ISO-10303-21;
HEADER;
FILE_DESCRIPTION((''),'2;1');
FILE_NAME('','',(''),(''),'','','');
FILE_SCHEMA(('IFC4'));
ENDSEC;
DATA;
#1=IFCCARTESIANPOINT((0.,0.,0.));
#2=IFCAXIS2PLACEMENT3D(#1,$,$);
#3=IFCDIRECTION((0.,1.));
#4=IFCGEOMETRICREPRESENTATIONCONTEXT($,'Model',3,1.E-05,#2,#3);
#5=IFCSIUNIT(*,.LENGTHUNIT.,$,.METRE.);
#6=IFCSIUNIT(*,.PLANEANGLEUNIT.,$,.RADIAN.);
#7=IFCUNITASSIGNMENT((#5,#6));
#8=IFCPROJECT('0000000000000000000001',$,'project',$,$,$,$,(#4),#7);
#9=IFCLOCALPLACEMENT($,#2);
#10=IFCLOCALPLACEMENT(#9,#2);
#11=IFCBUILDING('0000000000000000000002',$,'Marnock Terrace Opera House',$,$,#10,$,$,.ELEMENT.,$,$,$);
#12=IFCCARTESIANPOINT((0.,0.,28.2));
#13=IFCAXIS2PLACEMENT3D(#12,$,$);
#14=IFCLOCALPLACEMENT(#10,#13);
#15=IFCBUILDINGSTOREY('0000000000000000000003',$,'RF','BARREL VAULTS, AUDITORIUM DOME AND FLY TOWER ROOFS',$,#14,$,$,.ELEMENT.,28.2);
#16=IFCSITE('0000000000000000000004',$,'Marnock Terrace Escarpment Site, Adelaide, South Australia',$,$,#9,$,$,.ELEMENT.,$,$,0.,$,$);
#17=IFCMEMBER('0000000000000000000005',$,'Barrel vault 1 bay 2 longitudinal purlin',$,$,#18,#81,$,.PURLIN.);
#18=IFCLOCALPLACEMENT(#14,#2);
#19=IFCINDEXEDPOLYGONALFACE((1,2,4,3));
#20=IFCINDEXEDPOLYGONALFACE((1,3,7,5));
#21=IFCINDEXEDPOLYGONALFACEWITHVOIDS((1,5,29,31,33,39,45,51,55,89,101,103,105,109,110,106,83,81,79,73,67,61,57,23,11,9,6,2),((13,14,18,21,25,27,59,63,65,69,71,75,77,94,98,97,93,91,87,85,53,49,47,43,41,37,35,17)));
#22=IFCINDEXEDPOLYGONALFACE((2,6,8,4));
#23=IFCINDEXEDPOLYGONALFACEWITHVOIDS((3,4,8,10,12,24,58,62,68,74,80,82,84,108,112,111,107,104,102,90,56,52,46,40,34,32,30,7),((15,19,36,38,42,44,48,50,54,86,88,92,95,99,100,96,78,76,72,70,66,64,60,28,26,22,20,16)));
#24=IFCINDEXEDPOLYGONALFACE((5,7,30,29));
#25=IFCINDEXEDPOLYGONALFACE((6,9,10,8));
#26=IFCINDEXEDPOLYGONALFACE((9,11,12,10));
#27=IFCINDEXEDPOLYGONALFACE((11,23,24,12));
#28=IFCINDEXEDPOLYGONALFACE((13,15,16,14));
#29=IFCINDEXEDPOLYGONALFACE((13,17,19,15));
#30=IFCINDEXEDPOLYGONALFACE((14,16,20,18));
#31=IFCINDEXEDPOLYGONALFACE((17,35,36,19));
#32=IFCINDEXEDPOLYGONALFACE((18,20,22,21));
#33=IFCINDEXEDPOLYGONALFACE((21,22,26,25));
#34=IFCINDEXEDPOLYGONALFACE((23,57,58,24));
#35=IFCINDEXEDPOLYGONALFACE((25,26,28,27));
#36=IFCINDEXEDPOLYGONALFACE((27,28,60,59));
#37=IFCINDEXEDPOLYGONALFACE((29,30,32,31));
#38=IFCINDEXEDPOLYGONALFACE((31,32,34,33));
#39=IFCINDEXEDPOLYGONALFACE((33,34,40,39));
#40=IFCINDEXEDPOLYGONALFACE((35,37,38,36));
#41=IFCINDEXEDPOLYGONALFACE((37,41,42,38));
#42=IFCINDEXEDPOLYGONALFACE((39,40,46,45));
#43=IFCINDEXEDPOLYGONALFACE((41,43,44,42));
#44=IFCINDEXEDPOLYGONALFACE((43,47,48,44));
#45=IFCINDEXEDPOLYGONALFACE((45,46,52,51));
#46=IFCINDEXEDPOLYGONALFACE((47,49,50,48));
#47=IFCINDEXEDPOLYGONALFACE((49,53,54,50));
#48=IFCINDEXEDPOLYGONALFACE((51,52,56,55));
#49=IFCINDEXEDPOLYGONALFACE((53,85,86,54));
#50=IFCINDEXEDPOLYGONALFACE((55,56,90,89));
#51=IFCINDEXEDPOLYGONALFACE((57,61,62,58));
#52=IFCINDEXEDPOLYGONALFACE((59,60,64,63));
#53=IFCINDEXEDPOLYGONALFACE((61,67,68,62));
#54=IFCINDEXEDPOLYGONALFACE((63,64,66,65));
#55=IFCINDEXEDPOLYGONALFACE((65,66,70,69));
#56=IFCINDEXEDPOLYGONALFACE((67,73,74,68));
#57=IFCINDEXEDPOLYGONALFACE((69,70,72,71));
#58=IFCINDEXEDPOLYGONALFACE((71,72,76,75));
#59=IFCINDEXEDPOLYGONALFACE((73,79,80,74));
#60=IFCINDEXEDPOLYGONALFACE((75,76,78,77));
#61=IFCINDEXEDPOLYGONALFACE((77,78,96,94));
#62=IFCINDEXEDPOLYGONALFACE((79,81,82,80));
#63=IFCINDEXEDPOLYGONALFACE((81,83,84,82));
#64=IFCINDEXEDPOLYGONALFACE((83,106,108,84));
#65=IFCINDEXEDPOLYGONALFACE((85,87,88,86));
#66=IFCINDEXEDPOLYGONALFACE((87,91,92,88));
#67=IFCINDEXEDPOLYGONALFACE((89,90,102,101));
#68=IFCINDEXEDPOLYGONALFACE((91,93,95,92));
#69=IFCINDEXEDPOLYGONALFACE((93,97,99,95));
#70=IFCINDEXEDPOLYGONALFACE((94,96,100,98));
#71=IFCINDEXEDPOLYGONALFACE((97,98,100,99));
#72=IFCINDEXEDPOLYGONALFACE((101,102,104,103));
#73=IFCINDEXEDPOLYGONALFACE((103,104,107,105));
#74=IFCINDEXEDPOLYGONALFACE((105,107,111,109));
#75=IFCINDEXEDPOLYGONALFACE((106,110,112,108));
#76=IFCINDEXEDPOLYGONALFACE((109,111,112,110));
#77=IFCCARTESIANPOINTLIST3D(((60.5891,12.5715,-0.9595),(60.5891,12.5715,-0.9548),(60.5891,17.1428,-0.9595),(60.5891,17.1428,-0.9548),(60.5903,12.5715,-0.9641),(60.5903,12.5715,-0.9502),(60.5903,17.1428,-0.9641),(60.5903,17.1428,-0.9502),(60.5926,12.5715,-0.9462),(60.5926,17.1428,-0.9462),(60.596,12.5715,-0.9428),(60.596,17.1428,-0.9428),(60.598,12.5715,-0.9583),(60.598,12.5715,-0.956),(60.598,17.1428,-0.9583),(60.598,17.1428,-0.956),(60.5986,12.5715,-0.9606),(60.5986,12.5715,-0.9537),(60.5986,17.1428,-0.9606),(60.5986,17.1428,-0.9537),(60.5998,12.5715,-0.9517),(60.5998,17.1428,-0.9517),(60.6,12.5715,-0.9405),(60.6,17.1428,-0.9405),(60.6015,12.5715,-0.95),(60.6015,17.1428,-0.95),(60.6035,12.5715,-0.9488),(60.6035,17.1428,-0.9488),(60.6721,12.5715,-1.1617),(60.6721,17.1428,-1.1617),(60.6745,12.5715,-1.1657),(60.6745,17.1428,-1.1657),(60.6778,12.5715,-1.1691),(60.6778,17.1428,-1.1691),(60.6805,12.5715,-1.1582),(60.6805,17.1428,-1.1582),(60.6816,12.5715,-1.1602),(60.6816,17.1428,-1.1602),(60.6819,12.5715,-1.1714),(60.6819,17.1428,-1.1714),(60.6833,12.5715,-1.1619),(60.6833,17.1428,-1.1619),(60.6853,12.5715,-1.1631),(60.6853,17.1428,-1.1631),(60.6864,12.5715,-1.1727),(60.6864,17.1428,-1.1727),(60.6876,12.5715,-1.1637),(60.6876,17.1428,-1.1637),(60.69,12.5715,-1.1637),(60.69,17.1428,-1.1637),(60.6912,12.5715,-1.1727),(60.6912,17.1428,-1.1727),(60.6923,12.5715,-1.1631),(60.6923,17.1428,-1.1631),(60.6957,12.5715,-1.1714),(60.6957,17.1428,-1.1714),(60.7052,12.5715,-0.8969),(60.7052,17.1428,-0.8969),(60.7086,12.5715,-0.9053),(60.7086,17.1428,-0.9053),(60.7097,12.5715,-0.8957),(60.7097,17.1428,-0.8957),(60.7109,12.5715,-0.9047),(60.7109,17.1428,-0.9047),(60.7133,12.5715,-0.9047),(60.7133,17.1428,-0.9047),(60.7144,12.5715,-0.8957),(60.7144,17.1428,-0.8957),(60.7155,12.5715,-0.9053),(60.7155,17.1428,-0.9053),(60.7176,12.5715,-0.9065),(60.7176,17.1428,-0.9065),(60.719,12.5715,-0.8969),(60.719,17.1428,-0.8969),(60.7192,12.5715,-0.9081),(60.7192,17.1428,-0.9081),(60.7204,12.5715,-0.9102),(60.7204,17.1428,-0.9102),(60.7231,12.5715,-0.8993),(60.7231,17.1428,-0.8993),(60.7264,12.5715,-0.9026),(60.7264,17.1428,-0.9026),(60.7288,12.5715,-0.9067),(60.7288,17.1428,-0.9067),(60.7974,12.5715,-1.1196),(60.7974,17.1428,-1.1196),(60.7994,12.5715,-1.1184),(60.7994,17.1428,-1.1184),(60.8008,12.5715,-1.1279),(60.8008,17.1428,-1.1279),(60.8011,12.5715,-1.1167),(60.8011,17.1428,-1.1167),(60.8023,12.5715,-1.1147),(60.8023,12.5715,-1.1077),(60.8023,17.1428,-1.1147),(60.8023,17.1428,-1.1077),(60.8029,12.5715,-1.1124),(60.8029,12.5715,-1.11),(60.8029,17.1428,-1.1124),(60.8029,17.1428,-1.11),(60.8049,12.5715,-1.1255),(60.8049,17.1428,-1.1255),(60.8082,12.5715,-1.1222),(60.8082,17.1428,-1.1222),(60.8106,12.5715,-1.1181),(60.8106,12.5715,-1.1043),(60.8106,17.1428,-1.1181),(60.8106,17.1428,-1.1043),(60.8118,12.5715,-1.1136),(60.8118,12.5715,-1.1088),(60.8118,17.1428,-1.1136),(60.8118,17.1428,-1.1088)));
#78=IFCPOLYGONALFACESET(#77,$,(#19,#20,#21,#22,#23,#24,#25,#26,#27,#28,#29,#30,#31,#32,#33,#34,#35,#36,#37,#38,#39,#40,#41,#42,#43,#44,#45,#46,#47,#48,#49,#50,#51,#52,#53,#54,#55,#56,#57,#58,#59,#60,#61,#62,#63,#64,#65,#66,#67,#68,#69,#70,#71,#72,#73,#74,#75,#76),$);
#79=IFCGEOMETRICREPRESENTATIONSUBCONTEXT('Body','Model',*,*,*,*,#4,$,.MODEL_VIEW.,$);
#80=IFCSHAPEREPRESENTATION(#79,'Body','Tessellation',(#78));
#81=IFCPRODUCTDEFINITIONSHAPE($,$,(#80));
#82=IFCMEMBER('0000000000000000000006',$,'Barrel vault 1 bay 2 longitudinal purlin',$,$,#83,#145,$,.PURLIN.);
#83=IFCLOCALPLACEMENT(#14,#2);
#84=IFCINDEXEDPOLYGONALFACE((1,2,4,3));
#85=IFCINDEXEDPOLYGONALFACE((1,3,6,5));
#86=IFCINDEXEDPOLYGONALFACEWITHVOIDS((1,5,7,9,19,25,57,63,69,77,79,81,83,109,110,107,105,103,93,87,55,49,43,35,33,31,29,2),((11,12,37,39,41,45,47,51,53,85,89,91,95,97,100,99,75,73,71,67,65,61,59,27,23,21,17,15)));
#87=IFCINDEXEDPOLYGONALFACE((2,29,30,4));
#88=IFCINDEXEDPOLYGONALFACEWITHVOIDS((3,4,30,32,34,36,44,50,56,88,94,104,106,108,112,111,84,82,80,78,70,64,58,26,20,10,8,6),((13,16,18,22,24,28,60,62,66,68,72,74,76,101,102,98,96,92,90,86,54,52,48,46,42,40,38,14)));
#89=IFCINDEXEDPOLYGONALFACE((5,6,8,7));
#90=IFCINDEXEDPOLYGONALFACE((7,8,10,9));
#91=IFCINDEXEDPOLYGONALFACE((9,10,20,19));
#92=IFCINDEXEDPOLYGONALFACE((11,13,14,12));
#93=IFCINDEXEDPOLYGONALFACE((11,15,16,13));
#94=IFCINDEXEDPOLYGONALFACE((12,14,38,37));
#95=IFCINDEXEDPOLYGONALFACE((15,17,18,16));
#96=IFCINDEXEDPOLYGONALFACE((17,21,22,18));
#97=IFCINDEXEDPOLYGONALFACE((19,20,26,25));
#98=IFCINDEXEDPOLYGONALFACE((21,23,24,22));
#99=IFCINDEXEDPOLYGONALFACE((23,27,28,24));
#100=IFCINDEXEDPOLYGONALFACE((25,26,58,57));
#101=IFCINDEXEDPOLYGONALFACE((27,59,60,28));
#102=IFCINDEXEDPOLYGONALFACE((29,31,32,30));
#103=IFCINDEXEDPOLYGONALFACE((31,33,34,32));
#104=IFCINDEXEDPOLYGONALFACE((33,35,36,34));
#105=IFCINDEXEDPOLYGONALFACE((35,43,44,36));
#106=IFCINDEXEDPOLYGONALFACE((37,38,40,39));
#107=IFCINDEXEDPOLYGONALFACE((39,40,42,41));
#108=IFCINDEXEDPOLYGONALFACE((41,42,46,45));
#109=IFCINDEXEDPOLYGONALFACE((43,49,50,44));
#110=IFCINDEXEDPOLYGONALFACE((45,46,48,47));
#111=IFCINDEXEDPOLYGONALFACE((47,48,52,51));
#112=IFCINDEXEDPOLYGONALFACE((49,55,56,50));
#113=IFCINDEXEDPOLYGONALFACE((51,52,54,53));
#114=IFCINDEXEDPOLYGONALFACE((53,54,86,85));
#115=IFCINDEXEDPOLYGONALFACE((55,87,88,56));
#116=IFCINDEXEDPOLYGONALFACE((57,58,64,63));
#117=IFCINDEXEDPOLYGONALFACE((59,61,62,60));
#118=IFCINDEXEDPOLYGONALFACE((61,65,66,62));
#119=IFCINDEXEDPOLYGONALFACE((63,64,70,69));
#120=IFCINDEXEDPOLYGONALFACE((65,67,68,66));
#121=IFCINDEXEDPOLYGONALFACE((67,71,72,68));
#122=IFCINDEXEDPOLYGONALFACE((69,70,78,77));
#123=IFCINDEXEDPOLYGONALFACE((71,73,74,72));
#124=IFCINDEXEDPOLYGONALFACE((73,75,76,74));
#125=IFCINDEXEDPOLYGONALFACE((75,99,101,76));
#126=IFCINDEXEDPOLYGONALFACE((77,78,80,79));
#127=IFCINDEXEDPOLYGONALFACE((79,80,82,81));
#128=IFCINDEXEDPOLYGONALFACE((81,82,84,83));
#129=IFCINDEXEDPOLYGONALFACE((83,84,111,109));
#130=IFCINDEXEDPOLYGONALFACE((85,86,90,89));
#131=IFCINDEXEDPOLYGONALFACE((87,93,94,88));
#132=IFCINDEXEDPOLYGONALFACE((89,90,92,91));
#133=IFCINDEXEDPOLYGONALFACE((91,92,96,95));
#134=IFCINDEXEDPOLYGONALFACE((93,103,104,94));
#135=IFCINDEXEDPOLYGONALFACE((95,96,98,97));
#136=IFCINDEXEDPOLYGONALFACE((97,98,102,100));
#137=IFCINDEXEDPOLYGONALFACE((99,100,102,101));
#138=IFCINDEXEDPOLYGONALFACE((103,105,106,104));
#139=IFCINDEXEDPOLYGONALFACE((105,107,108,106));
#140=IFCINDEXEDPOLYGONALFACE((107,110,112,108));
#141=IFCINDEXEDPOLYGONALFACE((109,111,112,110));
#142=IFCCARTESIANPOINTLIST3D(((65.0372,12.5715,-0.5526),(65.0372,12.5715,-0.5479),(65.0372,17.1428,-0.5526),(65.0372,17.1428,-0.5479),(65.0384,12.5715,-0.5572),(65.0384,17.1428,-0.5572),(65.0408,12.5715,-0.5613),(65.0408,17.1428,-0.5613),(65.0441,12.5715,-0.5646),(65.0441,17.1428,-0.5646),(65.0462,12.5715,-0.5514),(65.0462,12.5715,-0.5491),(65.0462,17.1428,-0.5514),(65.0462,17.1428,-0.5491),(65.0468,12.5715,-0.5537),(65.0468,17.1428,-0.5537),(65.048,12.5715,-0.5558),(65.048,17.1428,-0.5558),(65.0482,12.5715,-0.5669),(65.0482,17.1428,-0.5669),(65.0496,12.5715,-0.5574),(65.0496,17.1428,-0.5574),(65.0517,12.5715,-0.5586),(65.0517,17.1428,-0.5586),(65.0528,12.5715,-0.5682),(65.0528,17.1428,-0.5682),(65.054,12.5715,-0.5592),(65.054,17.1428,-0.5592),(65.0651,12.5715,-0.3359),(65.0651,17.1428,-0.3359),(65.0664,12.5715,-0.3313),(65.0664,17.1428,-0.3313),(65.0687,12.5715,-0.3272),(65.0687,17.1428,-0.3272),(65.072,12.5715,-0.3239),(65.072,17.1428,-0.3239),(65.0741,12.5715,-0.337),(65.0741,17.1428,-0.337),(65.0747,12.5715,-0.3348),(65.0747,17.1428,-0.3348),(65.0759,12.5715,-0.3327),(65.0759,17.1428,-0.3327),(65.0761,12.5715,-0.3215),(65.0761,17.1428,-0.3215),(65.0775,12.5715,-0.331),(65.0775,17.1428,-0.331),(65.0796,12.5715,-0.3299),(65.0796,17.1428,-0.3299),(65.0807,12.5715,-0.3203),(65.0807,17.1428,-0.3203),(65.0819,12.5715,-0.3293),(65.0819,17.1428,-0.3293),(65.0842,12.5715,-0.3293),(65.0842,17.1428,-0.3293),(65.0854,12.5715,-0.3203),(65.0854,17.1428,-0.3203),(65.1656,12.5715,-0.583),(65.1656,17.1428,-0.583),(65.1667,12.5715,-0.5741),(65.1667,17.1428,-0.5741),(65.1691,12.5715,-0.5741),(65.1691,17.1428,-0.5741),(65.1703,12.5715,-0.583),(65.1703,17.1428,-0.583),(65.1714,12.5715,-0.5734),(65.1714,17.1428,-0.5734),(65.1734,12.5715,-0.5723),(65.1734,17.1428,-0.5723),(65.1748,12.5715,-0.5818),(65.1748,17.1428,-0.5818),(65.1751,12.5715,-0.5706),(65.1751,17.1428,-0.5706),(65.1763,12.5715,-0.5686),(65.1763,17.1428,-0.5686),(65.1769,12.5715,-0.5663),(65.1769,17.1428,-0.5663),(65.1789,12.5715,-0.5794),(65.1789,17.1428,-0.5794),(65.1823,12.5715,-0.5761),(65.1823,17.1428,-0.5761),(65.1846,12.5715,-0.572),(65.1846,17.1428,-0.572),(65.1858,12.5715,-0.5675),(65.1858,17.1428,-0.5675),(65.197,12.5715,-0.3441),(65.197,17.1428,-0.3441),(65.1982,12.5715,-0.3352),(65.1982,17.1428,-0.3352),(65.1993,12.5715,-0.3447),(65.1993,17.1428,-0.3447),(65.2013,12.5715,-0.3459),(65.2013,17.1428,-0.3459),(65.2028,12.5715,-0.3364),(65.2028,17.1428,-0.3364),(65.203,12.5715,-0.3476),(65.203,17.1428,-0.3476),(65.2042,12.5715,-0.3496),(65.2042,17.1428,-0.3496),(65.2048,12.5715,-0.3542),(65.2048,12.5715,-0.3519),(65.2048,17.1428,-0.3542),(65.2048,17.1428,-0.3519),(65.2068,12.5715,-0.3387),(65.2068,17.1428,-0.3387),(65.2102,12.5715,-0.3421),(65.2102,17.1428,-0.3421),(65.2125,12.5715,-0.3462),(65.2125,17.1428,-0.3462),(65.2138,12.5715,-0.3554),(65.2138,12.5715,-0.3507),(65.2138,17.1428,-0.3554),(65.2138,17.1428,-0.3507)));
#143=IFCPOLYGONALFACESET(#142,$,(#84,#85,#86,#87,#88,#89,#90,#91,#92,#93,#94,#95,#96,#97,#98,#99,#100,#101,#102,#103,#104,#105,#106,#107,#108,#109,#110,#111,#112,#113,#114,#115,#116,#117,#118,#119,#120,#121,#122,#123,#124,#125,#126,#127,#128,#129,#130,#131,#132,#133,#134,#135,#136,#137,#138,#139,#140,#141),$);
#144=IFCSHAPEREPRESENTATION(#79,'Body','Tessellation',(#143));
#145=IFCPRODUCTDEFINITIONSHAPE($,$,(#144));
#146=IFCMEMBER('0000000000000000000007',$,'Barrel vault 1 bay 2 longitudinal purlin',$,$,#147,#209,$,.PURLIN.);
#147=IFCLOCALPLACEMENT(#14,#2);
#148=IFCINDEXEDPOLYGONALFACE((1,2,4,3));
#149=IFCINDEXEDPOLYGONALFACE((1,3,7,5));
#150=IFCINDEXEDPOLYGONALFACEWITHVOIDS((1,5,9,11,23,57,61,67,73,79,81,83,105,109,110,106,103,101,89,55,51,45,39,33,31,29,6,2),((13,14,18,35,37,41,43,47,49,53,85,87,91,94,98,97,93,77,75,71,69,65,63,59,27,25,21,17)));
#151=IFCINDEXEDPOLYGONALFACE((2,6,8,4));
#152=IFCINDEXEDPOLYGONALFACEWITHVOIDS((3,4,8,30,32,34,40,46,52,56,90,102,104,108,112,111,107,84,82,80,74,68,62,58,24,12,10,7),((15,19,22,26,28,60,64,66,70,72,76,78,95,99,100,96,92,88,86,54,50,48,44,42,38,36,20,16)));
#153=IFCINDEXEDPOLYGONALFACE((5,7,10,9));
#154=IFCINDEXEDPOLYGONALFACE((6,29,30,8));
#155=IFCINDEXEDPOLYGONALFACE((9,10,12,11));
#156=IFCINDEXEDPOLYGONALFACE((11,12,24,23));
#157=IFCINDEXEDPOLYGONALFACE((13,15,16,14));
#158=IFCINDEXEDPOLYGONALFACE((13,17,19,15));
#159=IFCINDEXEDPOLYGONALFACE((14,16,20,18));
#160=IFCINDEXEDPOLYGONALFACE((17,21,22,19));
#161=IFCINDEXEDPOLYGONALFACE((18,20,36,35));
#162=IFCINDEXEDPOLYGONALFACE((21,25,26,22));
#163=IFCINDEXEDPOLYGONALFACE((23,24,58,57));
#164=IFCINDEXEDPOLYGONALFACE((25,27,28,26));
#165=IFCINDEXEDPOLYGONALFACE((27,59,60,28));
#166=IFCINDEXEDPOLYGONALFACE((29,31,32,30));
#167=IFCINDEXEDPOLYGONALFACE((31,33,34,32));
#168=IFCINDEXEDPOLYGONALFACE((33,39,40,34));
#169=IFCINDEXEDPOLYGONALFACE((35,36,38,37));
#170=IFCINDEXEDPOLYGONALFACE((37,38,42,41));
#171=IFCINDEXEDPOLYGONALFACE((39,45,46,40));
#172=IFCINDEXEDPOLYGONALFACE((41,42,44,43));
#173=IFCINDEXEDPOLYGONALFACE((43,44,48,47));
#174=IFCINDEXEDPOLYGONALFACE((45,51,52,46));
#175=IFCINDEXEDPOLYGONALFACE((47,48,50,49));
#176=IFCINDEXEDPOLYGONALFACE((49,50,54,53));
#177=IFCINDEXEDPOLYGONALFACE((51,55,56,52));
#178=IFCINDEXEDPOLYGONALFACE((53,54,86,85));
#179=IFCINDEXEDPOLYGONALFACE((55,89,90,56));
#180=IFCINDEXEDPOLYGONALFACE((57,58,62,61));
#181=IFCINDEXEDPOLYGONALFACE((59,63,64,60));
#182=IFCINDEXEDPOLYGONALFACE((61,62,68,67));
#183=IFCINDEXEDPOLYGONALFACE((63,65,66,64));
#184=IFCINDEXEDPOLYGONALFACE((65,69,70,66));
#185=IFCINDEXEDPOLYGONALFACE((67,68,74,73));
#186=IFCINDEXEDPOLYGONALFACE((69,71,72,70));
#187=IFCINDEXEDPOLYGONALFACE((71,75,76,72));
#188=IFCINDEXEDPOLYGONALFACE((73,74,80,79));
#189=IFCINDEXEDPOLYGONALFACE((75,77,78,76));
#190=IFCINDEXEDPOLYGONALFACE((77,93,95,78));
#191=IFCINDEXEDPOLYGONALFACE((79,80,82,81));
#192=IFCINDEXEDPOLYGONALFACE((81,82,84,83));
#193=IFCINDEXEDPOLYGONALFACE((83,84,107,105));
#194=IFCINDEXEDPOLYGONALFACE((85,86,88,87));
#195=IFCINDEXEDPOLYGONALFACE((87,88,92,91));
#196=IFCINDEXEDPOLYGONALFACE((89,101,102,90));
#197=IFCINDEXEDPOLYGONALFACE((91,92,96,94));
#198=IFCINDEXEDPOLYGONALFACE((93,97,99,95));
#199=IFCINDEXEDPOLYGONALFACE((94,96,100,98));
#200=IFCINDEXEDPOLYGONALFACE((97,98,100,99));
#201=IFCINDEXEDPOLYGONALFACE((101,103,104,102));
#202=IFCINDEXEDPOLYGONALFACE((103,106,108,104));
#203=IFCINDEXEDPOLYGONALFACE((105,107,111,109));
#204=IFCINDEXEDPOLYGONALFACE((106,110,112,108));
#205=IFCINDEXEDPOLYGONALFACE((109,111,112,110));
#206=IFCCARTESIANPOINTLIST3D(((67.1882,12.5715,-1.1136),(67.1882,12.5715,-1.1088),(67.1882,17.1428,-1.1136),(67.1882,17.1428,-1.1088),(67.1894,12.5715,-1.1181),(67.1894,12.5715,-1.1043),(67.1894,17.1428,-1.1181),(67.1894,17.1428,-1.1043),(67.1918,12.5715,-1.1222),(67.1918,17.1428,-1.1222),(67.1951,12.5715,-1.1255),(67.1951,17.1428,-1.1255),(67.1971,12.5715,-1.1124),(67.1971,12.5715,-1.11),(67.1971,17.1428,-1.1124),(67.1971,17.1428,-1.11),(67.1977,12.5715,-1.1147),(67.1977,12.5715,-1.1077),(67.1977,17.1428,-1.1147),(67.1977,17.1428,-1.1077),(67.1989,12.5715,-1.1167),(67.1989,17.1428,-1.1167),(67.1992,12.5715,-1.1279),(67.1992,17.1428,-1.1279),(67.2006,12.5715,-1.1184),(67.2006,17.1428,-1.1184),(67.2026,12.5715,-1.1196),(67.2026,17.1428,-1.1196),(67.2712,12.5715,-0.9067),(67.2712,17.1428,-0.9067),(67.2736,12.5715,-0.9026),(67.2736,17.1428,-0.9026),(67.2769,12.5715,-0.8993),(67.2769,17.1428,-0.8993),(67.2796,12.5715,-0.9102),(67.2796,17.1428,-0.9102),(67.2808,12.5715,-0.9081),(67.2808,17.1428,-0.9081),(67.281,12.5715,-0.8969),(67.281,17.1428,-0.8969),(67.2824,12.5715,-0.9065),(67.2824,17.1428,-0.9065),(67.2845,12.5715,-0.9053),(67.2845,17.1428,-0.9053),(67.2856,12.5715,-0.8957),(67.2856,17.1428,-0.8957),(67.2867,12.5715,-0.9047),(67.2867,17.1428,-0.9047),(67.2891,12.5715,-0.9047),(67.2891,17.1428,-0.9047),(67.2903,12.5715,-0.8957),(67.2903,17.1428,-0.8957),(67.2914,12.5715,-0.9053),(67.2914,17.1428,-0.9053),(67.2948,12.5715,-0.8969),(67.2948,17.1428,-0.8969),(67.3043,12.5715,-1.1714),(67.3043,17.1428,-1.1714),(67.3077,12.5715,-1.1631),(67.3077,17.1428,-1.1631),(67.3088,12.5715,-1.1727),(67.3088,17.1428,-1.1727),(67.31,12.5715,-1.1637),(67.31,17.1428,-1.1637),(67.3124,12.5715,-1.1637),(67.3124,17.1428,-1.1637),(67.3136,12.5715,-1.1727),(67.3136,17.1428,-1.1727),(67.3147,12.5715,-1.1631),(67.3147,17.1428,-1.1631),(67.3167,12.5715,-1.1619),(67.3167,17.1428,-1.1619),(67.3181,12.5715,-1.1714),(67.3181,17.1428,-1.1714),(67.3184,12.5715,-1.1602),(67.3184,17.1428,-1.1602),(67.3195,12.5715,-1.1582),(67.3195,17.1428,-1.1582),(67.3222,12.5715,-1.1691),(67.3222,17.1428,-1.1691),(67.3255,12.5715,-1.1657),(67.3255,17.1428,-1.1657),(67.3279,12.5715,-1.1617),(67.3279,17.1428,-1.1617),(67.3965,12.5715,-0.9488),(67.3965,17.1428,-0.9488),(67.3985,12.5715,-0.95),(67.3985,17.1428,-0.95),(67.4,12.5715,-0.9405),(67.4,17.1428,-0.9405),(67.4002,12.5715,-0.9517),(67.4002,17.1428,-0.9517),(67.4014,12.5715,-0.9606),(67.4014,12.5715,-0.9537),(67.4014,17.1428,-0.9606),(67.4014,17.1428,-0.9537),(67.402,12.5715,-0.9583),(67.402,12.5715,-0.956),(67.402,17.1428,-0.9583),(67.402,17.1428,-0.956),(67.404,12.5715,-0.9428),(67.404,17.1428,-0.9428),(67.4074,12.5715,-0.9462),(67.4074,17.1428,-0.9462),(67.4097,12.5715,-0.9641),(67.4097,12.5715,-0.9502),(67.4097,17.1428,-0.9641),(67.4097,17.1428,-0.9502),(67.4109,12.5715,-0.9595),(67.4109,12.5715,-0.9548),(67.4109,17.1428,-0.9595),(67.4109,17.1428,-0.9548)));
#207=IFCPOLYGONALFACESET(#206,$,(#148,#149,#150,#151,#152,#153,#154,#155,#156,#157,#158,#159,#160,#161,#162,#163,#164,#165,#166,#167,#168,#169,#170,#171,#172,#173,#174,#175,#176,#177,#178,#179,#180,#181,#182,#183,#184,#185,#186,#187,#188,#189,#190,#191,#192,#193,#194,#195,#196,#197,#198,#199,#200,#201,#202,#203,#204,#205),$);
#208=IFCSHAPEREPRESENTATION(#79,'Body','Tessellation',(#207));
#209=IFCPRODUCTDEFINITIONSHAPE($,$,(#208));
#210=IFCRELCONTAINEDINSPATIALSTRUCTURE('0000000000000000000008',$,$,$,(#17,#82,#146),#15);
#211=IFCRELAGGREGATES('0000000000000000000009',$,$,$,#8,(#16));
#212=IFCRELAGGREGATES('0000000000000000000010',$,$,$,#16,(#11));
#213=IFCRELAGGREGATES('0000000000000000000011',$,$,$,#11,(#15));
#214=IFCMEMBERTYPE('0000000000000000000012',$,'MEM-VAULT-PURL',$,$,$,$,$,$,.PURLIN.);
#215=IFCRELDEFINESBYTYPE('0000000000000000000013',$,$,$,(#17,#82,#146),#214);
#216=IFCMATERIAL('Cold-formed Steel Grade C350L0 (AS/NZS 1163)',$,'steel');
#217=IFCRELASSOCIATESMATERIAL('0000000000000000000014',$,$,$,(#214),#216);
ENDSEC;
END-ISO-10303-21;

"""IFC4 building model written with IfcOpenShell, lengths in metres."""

from ifc_helpers import new_model, si_unit, direction, frame, origin, origin_2d, place, context, subcontext, project, spatial, hollow_rectangle, extrude, material, material_profile, profile_set, type_object, element, save


model = new_model("IFC4")

# Units and contexts
model_context = context("Model", 3, precision=1e-05, world=origin(), true_north=direction((0.0, 1.0)))
body_context = subcontext(model_context, "Body", "Model", "MODEL_VIEW")
ifc_project = project(units=[si_unit("LENGTHUNIT", "METRE"), si_unit("PLANEANGLEUNIT", "RADIAN")], contexts=[model_context])

# Site, building, storey
site_placement = place(None, origin())
site = spatial("IfcSite", under=ifc_project, at=site_placement, Name="Marnock Terrace Escarpment Site, Adelaide, South Australia", CompositionType="ELEMENT", RefElevation=0.0)
building_placement = place(site_placement, origin())
building = spatial("IfcBuilding", under=site, at=building_placement, Name="Marnock Terrace Opera House", CompositionType="ELEMENT")
storey_placement = place(building_placement, frame((0.0, 0.0, 28.2)))
storey = spatial("IfcBuildingStorey", under=building, at=storey_placement, Name="RF", Description="BARREL VAULTS, AUDITORIUM DOME AND FLY TOWER ROOFS", CompositionType="ELEMENT", Elevation=28.2)

# Members
ifc_material_1 = material(Name="Cold-formed Steel Grade C350L0 (AS/NZS 1163)", Category="steel")
ifc_material_profile_1 = material_profile(ifc_material_1, hollow_rectangle(XDim=0.1499, YDim=0.25, WallThickness=0.009, InnerFilletRadius=0.009, OuterFilletRadius=0.0181, at=origin_2d()))
ifc_profile_set_1 = profile_set([ifc_material_profile_1], Name="Cold-formed Steel Grade C350L0 (AS/NZS 1163)")
member_type_1 = type_object("IfcMemberType", Name="MEM-VAULT-PURL", PredefinedType="PURLIN", material=ifc_profile_set_1)
for number, where, z_axis, x_axis, name in (
    (1, (60.7004, 12.5715, -1.0342), (0.0, 1.0, 0.0), (-0.92388, 0.0, -0.382683), "Barrel vault 1 bay 2 longitudinal purlin"),
    (2, (65.1255, 12.5715, -0.4517), (0.0, 1.0, 0.0), (-0.991445, 0.0, 0.130526), "Barrel vault 1 bay 2 longitudinal purlin"),
    (3, (67.2996, 12.5715, -1.0342), (0.0, 1.0, 0.0), (-0.92388, 0.0, 0.382683), "Barrel vault 1 bay 2 longitudinal purlin"),
):
    element("IfcMember", number, at=place(storey_placement, frame(where, z_axis=z_axis, x_axis=x_axis)), inside=storey, type_object=member_type_1, Name=name, PredefinedType="PURLIN", context=body_context, shape_type="SweptSolid", body=[
        extrude(hollow_rectangle(XDim=0.1499, YDim=0.25, WallThickness=0.009, InnerFilletRadius=0.009, OuterFilletRadius=0.0181, at=origin_2d()), origin(), (0.0, 0.0, 1.0), 4.5713),
    ])

save(model, "model.ifc")
